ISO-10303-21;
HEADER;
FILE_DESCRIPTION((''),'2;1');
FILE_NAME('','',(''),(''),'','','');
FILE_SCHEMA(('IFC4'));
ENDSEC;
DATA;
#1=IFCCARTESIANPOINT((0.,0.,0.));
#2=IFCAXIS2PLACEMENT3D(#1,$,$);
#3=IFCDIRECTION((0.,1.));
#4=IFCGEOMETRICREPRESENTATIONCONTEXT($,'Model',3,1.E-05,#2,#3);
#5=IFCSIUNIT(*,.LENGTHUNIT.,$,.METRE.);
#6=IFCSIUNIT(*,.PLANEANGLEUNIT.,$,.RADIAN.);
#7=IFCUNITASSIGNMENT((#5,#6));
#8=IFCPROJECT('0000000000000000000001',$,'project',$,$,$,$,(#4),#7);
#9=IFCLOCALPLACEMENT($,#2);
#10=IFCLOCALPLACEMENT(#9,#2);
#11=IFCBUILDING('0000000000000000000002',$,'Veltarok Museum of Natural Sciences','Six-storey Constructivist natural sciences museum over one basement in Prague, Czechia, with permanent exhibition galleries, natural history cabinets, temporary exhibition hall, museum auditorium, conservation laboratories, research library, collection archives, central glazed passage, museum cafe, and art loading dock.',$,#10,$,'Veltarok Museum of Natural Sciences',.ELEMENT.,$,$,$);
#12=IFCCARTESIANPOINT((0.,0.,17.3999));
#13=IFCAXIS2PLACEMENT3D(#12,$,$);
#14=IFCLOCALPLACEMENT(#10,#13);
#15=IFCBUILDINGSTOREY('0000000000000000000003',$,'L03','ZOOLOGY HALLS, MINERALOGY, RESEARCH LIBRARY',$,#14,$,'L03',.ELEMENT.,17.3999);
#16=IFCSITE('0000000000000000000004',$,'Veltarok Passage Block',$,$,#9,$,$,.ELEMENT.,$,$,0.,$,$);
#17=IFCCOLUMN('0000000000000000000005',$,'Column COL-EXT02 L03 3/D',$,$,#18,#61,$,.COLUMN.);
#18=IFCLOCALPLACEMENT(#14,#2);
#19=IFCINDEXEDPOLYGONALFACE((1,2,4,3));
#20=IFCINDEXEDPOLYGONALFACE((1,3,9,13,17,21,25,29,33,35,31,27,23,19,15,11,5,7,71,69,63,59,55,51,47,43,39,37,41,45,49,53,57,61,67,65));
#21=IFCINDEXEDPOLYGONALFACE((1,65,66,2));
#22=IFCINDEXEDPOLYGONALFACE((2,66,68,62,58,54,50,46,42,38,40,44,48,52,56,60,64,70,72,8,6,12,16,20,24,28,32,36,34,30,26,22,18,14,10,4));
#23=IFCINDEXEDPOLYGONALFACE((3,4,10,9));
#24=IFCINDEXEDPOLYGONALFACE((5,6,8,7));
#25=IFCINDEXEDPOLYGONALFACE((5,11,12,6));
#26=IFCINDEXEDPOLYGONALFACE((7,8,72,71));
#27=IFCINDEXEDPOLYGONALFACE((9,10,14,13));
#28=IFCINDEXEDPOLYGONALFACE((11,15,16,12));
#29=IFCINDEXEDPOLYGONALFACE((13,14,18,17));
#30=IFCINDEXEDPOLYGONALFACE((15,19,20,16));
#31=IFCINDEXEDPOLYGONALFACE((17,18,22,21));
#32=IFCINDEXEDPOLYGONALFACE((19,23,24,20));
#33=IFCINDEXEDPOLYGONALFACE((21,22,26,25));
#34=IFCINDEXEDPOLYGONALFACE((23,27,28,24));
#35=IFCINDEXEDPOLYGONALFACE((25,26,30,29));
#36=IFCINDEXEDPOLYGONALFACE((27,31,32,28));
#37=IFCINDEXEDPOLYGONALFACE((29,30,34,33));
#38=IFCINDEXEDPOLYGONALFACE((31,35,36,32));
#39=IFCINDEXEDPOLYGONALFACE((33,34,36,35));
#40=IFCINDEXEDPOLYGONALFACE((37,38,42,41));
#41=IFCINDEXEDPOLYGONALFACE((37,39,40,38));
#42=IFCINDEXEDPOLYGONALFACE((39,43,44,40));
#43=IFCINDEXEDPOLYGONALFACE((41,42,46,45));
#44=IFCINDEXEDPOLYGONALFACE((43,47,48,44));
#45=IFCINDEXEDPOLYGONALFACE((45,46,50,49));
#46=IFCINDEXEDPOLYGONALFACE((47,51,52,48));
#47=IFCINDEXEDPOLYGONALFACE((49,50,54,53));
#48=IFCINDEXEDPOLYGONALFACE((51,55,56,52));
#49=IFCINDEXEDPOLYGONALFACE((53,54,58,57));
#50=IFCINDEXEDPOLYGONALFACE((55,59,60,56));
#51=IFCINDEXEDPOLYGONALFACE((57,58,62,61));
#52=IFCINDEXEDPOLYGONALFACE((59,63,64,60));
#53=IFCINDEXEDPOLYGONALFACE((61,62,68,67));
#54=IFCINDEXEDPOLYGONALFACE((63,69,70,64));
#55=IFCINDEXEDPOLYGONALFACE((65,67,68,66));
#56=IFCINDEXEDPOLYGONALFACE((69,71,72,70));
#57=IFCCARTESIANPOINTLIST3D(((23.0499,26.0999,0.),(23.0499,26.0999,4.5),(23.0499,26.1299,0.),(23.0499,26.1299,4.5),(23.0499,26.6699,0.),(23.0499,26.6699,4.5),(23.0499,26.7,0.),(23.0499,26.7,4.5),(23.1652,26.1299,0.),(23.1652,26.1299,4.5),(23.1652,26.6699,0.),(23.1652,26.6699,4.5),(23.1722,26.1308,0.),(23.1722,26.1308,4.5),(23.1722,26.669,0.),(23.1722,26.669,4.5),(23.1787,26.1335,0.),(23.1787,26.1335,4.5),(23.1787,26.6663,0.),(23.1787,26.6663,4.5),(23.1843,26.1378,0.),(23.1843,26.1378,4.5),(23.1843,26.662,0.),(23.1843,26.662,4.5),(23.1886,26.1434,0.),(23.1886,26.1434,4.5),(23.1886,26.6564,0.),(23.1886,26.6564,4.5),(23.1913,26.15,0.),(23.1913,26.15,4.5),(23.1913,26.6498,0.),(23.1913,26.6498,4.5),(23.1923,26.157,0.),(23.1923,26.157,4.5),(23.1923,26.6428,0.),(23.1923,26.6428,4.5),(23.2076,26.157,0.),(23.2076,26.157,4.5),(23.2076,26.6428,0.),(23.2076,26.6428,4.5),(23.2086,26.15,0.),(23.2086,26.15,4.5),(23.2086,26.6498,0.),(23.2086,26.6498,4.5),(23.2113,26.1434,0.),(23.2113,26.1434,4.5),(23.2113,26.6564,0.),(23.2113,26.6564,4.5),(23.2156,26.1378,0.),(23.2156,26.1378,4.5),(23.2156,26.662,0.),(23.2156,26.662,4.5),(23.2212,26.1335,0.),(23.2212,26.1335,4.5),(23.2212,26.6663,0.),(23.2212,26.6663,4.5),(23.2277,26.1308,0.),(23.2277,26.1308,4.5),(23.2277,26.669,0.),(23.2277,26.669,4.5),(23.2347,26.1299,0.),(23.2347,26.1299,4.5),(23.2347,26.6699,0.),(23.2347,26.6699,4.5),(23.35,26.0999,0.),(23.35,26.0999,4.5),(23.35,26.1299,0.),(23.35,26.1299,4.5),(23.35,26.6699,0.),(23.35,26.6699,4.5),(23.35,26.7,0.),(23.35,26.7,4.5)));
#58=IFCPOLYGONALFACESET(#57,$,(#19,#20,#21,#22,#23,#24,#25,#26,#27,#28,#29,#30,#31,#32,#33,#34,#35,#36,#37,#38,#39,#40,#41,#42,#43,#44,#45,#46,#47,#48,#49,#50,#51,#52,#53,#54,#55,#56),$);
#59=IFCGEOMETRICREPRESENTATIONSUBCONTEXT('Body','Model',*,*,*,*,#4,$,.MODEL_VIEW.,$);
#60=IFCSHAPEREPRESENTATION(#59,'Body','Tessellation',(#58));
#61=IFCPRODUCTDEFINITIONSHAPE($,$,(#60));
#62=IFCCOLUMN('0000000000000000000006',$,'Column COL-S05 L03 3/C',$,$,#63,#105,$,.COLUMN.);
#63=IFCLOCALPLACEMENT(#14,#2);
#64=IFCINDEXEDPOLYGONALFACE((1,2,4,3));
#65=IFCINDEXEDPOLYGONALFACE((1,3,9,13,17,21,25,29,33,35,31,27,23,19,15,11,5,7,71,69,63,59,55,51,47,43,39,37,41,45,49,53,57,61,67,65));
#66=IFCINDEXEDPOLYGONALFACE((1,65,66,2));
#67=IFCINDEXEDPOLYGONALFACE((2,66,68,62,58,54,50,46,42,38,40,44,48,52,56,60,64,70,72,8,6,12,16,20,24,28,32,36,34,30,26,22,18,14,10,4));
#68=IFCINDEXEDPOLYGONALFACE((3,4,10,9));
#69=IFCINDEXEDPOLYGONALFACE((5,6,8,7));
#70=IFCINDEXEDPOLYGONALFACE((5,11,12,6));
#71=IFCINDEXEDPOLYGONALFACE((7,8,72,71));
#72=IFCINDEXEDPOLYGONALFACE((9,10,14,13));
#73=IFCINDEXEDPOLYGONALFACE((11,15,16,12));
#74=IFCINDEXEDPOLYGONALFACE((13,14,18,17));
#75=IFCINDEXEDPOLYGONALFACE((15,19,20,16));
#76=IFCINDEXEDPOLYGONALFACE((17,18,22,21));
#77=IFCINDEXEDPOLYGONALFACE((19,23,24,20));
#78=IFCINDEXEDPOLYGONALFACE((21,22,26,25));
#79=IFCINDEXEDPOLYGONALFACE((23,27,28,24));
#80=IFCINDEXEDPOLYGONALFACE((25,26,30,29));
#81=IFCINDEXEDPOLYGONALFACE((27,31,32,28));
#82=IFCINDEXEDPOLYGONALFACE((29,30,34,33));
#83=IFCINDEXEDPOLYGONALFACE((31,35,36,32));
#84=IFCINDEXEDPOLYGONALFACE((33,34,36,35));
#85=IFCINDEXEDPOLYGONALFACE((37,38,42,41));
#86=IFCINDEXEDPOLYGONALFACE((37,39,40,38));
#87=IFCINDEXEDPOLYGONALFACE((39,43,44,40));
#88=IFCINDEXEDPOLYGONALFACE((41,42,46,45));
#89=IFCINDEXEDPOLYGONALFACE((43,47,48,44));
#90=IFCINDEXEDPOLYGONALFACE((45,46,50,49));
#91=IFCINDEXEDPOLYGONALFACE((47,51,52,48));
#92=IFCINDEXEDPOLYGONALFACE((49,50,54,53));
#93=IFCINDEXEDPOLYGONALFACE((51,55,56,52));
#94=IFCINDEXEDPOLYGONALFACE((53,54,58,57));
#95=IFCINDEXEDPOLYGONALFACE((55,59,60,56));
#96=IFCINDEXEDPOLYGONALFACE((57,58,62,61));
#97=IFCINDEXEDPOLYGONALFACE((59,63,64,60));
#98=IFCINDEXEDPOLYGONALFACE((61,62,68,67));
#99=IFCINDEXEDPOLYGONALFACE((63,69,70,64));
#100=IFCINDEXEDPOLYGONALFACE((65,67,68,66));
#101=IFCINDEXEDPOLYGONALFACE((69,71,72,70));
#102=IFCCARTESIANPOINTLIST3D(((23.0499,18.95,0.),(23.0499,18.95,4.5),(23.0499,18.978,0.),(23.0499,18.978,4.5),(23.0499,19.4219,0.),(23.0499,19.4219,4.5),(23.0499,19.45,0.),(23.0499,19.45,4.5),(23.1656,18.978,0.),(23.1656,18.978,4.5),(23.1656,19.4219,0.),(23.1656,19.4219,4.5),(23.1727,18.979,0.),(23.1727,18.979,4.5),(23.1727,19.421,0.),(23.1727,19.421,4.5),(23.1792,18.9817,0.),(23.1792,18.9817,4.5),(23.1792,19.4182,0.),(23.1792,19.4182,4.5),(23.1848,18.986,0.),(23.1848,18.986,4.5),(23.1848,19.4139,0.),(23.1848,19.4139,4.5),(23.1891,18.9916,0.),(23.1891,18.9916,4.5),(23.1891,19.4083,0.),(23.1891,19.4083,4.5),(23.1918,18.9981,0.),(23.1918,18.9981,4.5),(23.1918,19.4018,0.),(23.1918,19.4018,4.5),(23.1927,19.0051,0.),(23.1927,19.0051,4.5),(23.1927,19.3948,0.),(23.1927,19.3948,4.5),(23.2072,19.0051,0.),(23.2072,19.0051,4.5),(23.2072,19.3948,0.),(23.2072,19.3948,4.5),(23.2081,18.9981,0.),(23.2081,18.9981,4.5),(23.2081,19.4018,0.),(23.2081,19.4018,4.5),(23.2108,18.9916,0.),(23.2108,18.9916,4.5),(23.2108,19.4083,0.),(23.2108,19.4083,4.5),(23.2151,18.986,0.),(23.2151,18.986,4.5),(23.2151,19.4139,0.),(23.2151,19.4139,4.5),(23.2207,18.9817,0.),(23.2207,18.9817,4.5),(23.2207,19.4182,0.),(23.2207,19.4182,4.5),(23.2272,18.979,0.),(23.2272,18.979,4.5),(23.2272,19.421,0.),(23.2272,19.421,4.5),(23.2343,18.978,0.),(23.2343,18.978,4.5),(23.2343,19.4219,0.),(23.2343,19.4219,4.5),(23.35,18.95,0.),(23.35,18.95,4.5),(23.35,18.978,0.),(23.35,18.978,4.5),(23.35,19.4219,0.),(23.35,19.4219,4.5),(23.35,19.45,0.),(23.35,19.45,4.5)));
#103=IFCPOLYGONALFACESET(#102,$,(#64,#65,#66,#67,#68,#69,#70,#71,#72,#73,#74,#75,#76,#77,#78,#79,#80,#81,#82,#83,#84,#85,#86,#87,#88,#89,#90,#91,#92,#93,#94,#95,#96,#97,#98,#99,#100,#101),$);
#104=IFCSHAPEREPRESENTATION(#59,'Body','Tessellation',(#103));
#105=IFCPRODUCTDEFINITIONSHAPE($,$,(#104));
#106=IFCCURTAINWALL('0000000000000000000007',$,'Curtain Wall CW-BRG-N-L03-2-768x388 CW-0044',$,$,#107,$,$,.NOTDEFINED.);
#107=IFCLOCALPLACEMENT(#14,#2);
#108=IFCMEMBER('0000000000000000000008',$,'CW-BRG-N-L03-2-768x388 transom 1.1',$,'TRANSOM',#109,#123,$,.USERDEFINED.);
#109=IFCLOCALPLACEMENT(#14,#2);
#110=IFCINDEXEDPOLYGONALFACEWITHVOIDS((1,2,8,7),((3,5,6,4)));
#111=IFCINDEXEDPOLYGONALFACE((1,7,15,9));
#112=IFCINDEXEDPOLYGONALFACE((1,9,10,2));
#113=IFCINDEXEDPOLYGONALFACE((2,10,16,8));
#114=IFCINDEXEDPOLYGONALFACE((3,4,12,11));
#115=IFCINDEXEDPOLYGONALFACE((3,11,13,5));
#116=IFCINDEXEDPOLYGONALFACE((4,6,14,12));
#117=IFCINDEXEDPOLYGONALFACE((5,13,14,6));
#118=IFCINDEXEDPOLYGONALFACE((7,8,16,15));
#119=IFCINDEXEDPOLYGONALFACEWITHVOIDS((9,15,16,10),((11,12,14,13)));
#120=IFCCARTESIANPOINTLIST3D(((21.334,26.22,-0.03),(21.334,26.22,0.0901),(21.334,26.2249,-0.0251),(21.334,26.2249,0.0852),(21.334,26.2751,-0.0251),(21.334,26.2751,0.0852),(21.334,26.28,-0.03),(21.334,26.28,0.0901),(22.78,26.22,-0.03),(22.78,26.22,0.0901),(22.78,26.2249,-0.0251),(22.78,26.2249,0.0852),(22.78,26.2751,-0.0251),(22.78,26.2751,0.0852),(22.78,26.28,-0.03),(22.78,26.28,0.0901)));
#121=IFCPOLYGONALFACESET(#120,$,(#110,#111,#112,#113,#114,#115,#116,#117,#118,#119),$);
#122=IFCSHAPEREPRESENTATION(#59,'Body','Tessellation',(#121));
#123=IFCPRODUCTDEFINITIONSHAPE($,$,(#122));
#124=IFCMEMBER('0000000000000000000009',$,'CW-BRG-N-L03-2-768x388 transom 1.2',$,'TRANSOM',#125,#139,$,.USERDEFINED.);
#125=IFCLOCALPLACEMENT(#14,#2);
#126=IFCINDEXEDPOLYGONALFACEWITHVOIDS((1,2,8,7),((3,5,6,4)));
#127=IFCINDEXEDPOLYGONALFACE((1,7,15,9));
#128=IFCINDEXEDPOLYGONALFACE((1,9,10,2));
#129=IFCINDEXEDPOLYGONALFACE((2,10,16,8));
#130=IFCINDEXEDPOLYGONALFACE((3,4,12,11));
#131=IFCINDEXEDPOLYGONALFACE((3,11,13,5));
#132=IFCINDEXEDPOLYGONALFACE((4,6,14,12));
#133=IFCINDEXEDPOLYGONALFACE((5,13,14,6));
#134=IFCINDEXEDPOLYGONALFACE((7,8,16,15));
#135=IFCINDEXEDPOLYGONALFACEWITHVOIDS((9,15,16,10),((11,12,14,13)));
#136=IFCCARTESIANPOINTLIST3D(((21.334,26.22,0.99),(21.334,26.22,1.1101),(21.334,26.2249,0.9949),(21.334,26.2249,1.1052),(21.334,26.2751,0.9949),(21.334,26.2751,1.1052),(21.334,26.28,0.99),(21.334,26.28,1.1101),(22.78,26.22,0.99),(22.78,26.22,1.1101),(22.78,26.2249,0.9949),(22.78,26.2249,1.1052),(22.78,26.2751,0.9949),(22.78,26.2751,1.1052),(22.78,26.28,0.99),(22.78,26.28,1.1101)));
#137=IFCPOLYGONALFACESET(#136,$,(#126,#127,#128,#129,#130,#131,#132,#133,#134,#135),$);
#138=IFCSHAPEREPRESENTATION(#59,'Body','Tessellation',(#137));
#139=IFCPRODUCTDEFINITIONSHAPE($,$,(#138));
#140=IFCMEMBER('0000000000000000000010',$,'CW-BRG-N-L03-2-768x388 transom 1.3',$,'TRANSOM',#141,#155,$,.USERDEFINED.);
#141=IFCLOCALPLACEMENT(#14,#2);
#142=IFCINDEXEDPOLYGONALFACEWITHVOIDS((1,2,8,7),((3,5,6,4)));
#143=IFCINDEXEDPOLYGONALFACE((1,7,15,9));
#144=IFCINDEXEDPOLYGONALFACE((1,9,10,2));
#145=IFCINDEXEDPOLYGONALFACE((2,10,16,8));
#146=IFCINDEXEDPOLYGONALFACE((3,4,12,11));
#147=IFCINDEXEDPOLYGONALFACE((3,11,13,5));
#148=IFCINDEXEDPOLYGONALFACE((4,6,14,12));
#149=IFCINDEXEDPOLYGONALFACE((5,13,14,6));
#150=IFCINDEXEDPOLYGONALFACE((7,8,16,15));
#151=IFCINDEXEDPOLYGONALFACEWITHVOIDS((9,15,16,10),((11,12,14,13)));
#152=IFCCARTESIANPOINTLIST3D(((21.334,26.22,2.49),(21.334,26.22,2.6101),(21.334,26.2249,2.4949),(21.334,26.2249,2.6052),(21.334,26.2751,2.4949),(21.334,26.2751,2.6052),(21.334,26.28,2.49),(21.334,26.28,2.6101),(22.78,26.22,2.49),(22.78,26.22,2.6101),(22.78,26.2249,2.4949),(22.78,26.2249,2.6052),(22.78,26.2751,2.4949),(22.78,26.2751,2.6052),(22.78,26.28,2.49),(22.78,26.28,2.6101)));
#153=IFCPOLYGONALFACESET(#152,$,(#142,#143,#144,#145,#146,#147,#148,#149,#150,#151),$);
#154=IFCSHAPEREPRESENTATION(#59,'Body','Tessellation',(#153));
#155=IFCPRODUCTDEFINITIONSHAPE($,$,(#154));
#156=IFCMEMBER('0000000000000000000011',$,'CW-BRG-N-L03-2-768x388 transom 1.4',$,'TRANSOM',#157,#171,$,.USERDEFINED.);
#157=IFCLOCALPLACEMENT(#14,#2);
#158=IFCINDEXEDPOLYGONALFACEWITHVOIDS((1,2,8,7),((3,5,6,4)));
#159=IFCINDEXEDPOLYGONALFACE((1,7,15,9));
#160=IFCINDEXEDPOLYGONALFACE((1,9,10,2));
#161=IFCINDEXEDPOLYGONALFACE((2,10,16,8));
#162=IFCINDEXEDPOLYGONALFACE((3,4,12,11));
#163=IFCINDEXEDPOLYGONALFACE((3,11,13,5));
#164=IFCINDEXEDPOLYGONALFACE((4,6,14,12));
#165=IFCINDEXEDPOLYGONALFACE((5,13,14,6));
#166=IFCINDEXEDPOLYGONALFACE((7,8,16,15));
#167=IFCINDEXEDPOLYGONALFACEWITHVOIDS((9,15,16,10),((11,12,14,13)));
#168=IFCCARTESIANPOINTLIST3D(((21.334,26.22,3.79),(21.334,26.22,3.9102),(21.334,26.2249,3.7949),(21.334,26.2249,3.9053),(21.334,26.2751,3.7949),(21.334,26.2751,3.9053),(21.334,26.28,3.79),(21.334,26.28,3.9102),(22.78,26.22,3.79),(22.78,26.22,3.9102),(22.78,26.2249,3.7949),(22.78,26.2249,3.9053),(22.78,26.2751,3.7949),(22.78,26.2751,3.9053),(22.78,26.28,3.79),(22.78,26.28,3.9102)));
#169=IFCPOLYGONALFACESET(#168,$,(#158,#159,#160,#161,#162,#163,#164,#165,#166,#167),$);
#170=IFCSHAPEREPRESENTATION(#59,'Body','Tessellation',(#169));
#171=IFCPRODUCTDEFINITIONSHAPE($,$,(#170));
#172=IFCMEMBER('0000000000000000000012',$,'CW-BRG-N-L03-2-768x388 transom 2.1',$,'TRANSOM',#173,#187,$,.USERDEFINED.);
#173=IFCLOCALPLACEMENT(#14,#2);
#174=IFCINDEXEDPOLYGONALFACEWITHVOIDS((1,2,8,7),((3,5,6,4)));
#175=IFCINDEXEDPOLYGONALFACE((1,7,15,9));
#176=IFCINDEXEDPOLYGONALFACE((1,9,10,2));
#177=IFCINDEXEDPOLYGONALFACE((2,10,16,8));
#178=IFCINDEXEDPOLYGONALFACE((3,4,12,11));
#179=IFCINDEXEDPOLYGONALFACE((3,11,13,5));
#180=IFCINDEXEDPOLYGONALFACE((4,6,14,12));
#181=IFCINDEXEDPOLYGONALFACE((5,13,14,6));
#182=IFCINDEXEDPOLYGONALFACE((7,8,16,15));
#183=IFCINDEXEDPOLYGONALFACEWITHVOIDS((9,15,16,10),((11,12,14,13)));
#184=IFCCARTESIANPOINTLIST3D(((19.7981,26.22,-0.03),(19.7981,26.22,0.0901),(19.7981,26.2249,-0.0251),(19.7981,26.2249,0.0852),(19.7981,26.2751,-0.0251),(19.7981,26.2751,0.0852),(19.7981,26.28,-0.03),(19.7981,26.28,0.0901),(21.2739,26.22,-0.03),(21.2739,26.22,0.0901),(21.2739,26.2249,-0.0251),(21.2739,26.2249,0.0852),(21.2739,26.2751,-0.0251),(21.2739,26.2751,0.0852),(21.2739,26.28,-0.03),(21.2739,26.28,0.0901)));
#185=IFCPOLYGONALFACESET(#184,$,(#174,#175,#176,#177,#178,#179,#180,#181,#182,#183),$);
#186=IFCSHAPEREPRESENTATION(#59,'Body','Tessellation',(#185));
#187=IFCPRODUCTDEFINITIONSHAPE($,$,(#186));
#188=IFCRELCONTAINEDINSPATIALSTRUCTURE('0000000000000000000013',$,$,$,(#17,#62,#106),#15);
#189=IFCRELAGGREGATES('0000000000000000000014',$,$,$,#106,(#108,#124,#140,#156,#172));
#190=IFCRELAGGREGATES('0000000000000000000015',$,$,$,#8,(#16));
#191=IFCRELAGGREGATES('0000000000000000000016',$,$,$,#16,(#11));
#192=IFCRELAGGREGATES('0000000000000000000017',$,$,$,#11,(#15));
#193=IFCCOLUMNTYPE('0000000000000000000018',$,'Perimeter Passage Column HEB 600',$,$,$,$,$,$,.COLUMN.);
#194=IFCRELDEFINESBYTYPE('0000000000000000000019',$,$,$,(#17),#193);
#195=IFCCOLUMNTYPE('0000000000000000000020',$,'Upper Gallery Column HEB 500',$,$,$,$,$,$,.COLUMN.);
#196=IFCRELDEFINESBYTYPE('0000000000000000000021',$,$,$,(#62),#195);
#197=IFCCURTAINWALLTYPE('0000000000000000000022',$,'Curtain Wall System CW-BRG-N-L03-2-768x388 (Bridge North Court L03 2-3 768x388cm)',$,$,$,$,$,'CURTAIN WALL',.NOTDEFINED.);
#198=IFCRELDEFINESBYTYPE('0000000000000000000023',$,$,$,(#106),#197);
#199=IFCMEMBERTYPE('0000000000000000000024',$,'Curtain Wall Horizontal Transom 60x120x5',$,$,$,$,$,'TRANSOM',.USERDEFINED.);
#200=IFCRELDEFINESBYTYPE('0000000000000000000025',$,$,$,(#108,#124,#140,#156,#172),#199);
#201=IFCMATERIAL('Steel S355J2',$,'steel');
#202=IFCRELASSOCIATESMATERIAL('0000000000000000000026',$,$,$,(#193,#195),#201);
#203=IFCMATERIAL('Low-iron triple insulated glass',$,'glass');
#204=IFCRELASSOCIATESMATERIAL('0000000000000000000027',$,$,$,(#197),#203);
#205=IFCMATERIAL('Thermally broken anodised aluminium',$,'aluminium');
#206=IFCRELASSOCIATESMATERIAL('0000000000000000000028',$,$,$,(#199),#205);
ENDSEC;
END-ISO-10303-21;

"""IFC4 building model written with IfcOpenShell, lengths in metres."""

from ifc_helpers import new_model, si_unit, direction, frame, origin, origin_2d, place, context, subcontext, project, spatial, hollow_rectangle, i_section, extrude, material, material_profile, profile_set, type_object, element, aggregate, save


model = new_model("IFC4")

# Units and contexts
model_context = context("Model", 3, precision=1e-05, world=origin(), true_north=direction((0.0, 1.0)))
body_context = subcontext(model_context, "Body", "Model", "MODEL_VIEW")
ifc_project = project(units=[si_unit("LENGTHUNIT", "METRE"), si_unit("PLANEANGLEUNIT", "RADIAN")], contexts=[model_context])

# Site, building, storey
site_placement = place(None, origin())
site = spatial("IfcSite", under=ifc_project, at=site_placement, Name="Veltarok Passage Block", CompositionType="ELEMENT", RefElevation=0.0)
building_placement = place(site_placement, origin())
building = spatial("IfcBuilding", under=site, at=building_placement, Name="Veltarok Museum of Natural Sciences", Description="Six-storey Constructivist natural sciences museum over one basement in Prague, Czechia, with permanent exhibition galleries, natural history cabinets, temporary exhibition hall, museum auditorium, conservation laboratories, research library, collection archives, central glazed passage, museum cafe, and art loading dock.", LongName="Veltarok Museum of Natural Sciences", CompositionType="ELEMENT")
storey_placement = place(building_placement, frame((0.0, 0.0, 17.3999)))
storey = spatial("IfcBuildingStorey", under=building, at=storey_placement, Name="L03", Description="ZOOLOGY HALLS, MINERALOGY, RESEARCH LIBRARY", LongName="L03", CompositionType="ELEMENT", Elevation=17.3999)

# Columns
ifc_material_1 = material(Name="Steel S355J2", Category="steel")
ifc_material_profile_1 = material_profile(ifc_material_1, i_section(OverallWidth=0.3, OverallDepth=0.6001, WebThickness=0.0154, FlangeThickness=0.03, FilletRadius=0.0271, at=origin_2d()), Name="HEB 600")
ifc_profile_set_1 = profile_set([ifc_material_profile_1], Name="Steel S355J2")
column_type_1 = type_object("IfcColumnType", Name="Perimeter Passage Column HEB 600", PredefinedType="COLUMN", material=ifc_profile_set_1)
column_1_placement = place(storey_placement, frame((23.2, 26.3999, 0.0), z_axis=(0.0, 0.0, 1.0), x_axis=(1.0, 0.0, 0.0)))
element("IfcColumn", 1, at=column_1_placement, inside=storey, type_object=column_type_1, Name="Column COL-EXT02 L03 3/D", PredefinedType="COLUMN", context=body_context, shape_type="SweptSolid", body=[
    extrude(i_section(OverallWidth=0.3, OverallDepth=0.6001, WebThickness=0.0154, FlangeThickness=0.03, FilletRadius=0.0271, at=origin_2d()), origin(), (0.0, 0.0, 1.0), 4.5),
])
ifc_material_profile_2 = material_profile(ifc_material_1, i_section(OverallWidth=0.3, OverallDepth=0.5, WebThickness=0.0144, FlangeThickness=0.0281, FilletRadius=0.0271, at=origin_2d()), Name="HEB 500")
ifc_profile_set_2 = profile_set([ifc_material_profile_2], Name="Steel S355J2")
column_type_2 = type_object("IfcColumnType", Name="Upper Gallery Column HEB 500", PredefinedType="COLUMN", material=ifc_profile_set_2)
column_2_placement = place(storey_placement, frame((23.2, 19.2, 0.0), z_axis=(0.0, 0.0, 1.0), x_axis=(1.0, 0.0, 0.0)))
element("IfcColumn", 2, at=column_2_placement, inside=storey, type_object=column_type_2, Name="Column COL-S05 L03 3/C", PredefinedType="COLUMN", context=body_context, shape_type="SweptSolid", body=[
    extrude(i_section(OverallWidth=0.3, OverallDepth=0.5, WebThickness=0.0144, FlangeThickness=0.0281, FilletRadius=0.0271, at=origin_2d()), origin(), (0.0, 0.0, 1.0), 4.5),
])

# Curtain wall, members
ifc_material_2 = material(Name="Low-iron triple insulated glass", Category="glass")
curtain_wall_type_1 = type_object("IfcCurtainWallType", Name="Curtain Wall System CW-BRG-N-L03-2-768x388 (Bridge North Court L03 2-3 768x388cm)", ElementType="CURTAIN WALL", PredefinedType="NOTDEFINED", material=ifc_material_2)
curtain_wall_1_placement = place(storey_placement, origin())
curtain_wall_1 = element("IfcCurtainWall", 3, at=curtain_wall_1_placement, inside=storey, type_object=curtain_wall_type_1, Name="Curtain Wall CW-BRG-N-L03-2-768x388 CW-0044", PredefinedType="NOTDEFINED")
ifc_material_3 = material(Name="Thermally broken anodised aluminium", Category="aluminium")
ifc_material_profile_3 = material_profile(ifc_material_3, hollow_rectangle(XDim=0.0601, YDim=0.1201, WallThickness=0.0049, at=origin_2d()), Name="CW TRANSOM 60x120x5")
ifc_profile_set_3 = profile_set([ifc_material_profile_3], Name="Thermally broken anodised aluminium")
member_type_1 = type_object("IfcMemberType", Name="Curtain Wall Horizontal Transom 60x120x5", ElementType="TRANSOM", PredefinedType="USERDEFINED", material=ifc_profile_set_3)
member_1_placement = place(storey_placement, frame((22.78, 26.25, 0.03), z_axis=(-1.0, 0.0, 0.0), x_axis=(0.0, -1.0, 0.0)))
member_1 = element("IfcMember", 4, at=member_1_placement, type_object=member_type_1, Name="CW-BRG-N-L03-2-768x388 transom 1.1", ObjectType="TRANSOM", PredefinedType="USERDEFINED", context=body_context, shape_type="SweptSolid", body=[
    extrude(hollow_rectangle(XDim=0.0601, YDim=0.1201, WallThickness=0.0049, at=origin_2d()), origin(), (0.0, 0.0, 1.0), 1.446),
])
member_2_placement = place(storey_placement, frame((22.78, 26.25, 1.05), z_axis=(-1.0, 0.0, 0.0), x_axis=(0.0, -1.0, 0.0)))
member_2 = element("IfcMember", 5, at=member_2_placement, type_object=member_type_1, Name="CW-BRG-N-L03-2-768x388 transom 1.2", ObjectType="TRANSOM", PredefinedType="USERDEFINED", context=body_context, shape_type="SweptSolid", body=[
    extrude(hollow_rectangle(XDim=0.0601, YDim=0.1201, WallThickness=0.0049, at=origin_2d()), origin(), (0.0, 0.0, 1.0), 1.446),
])
member_3_placement = place(storey_placement, frame((22.78, 26.25, 2.55), z_axis=(-1.0, 0.0, 0.0), x_axis=(0.0, -1.0, 0.0)))
member_3 = element("IfcMember", 6, at=member_3_placement, type_object=member_type_1, Name="CW-BRG-N-L03-2-768x388 transom 1.3", ObjectType="TRANSOM", PredefinedType="USERDEFINED", context=body_context, shape_type="SweptSolid", body=[
    extrude(hollow_rectangle(XDim=0.0601, YDim=0.1201, WallThickness=0.0049, at=origin_2d()), origin(), (0.0, 0.0, 1.0), 1.446),
])
member_4_placement = place(storey_placement, frame((22.78, 26.25, 3.8501), z_axis=(-1.0, 0.0, 0.0), x_axis=(0.0, -1.0, 0.0)))
member_4 = element("IfcMember", 7, at=member_4_placement, type_object=member_type_1, Name="CW-BRG-N-L03-2-768x388 transom 1.4", ObjectType="TRANSOM", PredefinedType="USERDEFINED", context=body_context, shape_type="SweptSolid", body=[
    extrude(hollow_rectangle(XDim=0.0601, YDim=0.1201, WallThickness=0.0049, at=origin_2d()), origin(), (0.0, 0.0, 1.0), 1.446),
])
member_5_placement = place(storey_placement, frame((21.2739, 26.25, 0.03), z_axis=(-1.0, 0.0, 0.0), x_axis=(0.0, -1.0, 0.0)))
member_5 = element("IfcMember", 8, at=member_5_placement, type_object=member_type_1, Name="CW-BRG-N-L03-2-768x388 transom 2.1", ObjectType="TRANSOM", PredefinedType="USERDEFINED", context=body_context, shape_type="SweptSolid", body=[
    extrude(hollow_rectangle(XDim=0.0601, YDim=0.1201, WallThickness=0.0049, at=origin_2d()), origin(), (0.0, 0.0, 1.0), 1.4758),
])

aggregate(curtain_wall_1, [member_1, member_2, member_3, member_4, member_5])

save(model, "model.ifc")
